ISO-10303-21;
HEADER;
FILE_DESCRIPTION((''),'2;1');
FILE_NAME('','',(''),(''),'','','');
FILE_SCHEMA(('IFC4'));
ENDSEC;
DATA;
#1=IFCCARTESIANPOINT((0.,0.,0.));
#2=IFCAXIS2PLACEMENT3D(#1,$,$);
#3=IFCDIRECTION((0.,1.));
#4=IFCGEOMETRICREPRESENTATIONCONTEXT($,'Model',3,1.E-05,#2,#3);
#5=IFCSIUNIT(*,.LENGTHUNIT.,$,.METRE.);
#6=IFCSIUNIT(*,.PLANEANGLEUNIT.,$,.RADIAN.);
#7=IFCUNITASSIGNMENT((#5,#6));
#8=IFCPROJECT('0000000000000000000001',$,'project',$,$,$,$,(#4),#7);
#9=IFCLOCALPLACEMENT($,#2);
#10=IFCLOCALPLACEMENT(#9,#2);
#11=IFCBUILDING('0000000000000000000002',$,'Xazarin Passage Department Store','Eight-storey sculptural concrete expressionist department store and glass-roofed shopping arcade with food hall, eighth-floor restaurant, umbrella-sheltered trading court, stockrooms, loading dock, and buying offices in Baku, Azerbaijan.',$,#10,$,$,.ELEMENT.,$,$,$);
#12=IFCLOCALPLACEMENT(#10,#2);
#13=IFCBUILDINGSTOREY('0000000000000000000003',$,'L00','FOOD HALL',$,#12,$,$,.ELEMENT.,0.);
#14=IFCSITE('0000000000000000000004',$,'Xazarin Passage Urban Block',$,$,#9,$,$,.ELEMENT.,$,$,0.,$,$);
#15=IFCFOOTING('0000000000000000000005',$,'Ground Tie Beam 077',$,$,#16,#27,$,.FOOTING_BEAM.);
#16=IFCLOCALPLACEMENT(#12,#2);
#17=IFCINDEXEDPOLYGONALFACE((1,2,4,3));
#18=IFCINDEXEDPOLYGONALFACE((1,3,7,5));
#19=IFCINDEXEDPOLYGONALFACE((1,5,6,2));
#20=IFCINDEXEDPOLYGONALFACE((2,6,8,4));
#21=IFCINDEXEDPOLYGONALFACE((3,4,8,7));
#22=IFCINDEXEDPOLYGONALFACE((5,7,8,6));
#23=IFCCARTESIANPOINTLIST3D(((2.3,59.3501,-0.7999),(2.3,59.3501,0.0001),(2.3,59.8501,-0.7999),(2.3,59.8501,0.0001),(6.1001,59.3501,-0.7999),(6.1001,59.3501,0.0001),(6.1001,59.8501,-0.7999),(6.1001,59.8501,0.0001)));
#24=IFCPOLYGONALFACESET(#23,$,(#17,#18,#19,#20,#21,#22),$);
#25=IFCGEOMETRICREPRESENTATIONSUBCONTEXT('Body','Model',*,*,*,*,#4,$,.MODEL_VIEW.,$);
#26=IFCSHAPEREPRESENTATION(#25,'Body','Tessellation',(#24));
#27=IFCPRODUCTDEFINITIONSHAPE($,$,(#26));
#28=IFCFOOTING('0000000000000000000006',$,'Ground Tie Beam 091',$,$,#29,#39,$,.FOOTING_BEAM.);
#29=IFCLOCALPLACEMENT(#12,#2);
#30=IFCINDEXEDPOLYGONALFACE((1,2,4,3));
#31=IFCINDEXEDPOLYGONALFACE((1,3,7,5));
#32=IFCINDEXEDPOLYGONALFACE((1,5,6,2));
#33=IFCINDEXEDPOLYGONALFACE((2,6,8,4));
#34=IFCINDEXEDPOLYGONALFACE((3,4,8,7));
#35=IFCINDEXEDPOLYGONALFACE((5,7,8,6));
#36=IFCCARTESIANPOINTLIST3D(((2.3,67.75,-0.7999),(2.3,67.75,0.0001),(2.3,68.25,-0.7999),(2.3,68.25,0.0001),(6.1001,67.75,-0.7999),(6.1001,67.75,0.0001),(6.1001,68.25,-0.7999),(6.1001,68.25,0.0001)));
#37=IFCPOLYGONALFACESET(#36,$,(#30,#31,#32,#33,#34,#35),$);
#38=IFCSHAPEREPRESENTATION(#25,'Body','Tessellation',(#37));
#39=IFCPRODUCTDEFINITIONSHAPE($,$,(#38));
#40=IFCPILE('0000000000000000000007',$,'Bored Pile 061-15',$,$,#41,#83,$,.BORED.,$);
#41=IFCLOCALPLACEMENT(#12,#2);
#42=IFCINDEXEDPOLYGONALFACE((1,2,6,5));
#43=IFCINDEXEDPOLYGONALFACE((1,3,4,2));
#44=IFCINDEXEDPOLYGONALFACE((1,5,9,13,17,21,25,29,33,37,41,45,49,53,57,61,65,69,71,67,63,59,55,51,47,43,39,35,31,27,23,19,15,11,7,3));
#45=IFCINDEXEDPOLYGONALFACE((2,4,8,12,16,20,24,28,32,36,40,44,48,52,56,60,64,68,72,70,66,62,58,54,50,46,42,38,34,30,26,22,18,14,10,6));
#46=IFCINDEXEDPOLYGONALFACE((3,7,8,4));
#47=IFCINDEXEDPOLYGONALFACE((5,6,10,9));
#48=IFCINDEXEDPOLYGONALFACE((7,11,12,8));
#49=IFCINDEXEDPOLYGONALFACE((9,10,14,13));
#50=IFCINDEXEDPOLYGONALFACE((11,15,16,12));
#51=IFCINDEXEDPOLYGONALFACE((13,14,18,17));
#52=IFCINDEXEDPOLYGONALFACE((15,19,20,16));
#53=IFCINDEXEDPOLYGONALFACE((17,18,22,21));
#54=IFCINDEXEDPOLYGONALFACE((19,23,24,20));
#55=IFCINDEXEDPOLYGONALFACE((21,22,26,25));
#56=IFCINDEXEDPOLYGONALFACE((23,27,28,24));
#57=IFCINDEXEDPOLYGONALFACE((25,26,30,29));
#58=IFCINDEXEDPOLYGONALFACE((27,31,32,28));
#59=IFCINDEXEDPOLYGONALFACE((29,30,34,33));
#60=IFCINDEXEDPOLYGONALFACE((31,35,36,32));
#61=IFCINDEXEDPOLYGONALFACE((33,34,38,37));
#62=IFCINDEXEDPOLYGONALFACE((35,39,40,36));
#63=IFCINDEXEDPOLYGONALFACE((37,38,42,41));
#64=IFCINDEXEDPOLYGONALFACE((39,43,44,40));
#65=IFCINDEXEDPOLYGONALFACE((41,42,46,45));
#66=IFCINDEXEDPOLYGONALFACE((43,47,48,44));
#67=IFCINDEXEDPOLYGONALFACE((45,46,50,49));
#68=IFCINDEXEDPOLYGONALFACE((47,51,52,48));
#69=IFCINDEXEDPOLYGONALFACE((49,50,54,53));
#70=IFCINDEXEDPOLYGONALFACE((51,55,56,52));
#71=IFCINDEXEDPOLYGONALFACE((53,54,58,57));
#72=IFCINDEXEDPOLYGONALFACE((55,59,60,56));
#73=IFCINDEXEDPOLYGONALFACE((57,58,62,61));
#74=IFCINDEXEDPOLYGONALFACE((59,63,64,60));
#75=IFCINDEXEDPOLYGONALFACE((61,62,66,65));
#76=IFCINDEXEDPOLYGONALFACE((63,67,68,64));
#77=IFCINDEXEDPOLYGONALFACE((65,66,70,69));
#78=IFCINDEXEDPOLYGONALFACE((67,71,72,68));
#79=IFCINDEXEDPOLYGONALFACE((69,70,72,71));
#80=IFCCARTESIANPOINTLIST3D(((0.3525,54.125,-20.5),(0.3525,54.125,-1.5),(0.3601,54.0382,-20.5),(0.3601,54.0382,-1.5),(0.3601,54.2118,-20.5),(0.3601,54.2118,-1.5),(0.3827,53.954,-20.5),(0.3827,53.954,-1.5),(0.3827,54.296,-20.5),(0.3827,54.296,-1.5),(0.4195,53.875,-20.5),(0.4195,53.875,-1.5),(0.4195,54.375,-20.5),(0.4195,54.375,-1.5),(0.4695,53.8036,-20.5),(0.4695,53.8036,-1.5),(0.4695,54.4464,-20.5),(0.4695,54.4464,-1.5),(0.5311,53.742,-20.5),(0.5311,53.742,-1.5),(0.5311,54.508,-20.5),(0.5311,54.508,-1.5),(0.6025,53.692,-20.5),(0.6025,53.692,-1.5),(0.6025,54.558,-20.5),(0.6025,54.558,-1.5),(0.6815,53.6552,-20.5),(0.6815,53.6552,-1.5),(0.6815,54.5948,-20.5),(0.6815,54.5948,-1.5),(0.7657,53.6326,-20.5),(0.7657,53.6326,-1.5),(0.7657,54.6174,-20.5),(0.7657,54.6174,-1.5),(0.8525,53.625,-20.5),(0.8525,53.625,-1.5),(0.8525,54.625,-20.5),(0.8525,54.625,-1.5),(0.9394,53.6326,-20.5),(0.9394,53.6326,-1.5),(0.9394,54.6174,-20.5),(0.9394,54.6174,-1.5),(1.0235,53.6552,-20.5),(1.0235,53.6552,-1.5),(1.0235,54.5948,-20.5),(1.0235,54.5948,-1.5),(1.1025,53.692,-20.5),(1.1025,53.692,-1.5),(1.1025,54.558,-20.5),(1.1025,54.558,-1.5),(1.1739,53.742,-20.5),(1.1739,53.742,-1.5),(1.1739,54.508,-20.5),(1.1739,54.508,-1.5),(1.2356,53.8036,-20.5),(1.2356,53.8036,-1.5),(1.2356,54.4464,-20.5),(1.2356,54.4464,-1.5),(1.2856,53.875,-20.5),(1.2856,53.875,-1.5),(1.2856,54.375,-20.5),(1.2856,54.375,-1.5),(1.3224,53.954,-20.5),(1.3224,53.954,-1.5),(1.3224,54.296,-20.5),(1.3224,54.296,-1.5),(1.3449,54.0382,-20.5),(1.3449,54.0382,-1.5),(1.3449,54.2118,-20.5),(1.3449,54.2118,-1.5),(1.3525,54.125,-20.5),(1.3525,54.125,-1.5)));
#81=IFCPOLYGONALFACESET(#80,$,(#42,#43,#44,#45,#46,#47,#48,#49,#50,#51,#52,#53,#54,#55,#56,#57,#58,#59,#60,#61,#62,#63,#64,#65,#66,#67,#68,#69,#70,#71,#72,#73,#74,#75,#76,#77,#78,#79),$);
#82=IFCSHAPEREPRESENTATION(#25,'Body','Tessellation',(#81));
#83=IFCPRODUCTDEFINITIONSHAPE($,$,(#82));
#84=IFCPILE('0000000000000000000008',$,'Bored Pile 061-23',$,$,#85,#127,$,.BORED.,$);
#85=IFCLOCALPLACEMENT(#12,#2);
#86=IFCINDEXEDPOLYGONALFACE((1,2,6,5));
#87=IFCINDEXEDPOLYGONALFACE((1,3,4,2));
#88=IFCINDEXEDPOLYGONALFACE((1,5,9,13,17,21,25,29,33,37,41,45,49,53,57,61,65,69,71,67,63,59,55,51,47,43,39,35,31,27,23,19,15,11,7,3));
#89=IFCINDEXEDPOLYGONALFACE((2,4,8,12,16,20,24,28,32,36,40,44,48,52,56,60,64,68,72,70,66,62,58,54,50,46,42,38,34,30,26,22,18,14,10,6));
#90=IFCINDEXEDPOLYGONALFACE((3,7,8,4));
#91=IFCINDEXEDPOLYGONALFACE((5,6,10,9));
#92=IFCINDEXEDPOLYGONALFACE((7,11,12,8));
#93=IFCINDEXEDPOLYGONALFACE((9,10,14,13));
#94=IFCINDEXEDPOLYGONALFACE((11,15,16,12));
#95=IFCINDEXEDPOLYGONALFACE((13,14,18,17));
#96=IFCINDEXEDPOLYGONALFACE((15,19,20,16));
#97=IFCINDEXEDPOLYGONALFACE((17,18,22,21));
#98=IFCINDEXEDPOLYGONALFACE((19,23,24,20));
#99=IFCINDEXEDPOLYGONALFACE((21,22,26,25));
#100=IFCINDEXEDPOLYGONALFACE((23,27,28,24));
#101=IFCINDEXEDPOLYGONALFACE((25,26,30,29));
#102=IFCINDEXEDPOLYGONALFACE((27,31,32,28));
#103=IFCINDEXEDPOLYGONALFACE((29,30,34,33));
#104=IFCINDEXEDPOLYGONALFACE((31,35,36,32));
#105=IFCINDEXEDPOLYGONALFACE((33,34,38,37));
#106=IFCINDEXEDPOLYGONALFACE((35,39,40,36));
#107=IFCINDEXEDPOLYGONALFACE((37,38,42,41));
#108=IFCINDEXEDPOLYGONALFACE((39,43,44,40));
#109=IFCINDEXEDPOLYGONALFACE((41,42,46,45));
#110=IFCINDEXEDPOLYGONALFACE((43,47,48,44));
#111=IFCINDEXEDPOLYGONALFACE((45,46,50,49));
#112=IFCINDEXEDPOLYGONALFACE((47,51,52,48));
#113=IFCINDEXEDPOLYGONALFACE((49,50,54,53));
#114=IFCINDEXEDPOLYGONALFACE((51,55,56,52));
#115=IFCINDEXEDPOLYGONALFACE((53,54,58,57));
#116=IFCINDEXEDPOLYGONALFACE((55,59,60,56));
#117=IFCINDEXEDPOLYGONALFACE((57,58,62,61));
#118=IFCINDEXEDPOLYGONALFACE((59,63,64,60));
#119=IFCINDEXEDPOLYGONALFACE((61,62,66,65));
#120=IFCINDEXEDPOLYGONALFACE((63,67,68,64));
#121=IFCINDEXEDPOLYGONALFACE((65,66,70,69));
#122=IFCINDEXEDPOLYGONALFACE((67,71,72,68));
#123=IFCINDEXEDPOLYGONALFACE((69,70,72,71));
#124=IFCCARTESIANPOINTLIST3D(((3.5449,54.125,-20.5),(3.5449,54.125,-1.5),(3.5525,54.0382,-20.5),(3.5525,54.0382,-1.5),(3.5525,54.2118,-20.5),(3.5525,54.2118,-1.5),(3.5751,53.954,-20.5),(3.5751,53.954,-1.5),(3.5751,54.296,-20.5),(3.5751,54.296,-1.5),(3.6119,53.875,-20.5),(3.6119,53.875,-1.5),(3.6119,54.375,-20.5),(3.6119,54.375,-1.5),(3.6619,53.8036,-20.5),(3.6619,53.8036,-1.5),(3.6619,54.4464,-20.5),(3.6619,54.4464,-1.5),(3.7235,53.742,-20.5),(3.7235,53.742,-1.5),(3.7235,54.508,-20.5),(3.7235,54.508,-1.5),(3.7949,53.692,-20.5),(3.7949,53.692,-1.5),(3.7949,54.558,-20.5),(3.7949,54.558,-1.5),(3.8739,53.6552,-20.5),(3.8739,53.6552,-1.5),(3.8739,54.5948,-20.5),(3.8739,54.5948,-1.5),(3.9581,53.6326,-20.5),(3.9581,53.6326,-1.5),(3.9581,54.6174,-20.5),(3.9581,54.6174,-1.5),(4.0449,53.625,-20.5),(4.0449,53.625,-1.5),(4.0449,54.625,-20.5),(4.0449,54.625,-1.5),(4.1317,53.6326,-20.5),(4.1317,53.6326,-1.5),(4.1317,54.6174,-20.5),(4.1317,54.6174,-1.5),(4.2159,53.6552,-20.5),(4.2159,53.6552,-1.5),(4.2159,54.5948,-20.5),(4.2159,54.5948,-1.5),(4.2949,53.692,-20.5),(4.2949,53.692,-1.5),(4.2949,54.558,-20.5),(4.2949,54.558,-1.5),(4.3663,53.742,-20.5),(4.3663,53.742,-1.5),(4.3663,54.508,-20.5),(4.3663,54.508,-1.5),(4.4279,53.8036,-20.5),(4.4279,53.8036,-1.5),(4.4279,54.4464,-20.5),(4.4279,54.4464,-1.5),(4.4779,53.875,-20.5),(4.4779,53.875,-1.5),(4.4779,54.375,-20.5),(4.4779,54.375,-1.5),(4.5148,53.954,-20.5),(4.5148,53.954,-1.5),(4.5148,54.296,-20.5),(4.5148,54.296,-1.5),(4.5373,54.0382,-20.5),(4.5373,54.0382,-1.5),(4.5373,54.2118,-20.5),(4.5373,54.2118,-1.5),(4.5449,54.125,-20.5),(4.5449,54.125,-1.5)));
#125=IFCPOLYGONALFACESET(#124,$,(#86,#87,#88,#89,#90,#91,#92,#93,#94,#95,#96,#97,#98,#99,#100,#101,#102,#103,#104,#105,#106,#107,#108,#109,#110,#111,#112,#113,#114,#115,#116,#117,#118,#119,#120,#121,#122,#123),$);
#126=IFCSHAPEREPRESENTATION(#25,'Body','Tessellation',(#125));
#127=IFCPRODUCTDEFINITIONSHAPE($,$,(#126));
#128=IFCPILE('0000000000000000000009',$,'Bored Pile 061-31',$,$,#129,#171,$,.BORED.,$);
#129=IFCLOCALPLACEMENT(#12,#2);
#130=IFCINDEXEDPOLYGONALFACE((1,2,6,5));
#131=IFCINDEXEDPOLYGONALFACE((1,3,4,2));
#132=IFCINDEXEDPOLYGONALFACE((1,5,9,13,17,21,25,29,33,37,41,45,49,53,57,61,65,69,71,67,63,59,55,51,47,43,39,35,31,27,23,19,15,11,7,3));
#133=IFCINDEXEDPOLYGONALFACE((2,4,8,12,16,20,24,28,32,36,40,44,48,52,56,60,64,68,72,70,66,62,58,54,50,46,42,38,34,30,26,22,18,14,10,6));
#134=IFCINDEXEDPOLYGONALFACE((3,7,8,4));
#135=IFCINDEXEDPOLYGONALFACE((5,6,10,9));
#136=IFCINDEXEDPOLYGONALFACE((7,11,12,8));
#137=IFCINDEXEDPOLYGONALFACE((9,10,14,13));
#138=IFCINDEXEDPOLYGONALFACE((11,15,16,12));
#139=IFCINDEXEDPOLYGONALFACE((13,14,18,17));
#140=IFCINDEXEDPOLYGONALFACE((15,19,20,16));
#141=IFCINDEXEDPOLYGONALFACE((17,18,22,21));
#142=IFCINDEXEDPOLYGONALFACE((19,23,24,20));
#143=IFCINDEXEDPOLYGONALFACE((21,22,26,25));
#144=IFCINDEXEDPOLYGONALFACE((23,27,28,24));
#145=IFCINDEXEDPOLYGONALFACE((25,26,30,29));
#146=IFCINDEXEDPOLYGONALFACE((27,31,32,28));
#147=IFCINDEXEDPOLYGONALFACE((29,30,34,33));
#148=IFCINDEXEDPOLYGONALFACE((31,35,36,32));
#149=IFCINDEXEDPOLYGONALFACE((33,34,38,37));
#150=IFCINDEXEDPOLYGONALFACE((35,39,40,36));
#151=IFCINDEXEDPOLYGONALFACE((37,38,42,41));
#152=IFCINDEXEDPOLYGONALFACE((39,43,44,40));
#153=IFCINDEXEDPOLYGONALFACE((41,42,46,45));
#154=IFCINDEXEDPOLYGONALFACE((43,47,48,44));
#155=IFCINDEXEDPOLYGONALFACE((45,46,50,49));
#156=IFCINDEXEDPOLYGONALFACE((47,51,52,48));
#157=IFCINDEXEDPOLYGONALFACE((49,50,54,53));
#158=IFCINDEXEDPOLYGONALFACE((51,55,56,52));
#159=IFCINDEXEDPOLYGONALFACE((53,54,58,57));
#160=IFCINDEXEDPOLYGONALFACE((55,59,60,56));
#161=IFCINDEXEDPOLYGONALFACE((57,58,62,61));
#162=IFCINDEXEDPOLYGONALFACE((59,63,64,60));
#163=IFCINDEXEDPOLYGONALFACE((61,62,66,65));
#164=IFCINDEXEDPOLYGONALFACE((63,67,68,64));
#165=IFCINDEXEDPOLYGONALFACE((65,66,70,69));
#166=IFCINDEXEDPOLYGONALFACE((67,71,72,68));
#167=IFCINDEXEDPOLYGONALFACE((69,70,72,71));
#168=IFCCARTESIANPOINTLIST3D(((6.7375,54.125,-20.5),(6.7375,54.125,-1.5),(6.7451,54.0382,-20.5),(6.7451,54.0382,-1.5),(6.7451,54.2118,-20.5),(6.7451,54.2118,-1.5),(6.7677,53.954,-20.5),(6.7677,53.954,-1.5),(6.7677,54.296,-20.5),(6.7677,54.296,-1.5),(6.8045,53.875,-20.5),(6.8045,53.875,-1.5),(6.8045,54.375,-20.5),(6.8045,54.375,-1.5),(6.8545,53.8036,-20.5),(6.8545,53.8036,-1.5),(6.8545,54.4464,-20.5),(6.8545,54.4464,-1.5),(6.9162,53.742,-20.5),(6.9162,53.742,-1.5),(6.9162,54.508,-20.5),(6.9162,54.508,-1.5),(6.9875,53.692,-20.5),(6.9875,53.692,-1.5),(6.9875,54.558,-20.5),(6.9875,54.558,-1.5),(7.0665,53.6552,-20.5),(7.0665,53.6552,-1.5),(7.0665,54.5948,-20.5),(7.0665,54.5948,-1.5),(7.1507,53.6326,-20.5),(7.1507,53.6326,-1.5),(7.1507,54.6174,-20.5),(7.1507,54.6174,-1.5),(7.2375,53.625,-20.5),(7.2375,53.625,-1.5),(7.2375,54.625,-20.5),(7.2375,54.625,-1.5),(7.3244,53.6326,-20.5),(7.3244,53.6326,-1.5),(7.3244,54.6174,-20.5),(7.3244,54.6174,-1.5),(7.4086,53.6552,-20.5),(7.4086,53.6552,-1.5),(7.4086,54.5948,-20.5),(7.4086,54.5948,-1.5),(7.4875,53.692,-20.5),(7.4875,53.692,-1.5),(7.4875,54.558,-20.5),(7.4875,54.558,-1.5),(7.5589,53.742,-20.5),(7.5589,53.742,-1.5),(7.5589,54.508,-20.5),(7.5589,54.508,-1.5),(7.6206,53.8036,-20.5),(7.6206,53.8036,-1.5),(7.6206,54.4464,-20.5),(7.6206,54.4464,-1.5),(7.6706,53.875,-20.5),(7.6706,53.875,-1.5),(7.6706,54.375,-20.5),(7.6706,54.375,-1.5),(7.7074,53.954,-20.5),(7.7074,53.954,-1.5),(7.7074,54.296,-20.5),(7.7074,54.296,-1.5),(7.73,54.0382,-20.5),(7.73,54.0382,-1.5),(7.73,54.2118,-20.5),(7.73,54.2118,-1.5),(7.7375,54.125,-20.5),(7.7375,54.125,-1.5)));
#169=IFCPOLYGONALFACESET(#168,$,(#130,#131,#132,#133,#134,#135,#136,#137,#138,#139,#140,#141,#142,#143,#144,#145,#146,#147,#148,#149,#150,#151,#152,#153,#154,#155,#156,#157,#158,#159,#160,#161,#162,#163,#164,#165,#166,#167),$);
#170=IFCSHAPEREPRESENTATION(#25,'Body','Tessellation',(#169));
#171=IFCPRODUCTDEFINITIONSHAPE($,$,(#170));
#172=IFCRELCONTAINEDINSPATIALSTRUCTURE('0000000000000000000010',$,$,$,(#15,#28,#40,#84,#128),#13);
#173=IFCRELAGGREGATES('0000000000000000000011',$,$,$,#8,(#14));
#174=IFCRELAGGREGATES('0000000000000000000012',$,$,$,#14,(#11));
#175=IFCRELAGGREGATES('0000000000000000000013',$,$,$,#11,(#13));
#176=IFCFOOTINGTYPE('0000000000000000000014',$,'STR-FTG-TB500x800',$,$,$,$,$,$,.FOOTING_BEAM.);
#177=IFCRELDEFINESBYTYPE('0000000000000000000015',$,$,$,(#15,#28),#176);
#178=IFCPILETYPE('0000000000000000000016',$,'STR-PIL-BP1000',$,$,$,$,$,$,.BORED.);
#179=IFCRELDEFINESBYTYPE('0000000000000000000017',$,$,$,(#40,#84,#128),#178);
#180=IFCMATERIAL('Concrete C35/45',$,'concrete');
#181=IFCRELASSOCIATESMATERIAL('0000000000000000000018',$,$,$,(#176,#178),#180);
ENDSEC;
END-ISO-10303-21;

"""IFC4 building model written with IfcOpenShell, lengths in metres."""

from ifc_helpers import new_model, si_unit, direction, frame, origin, origin_2d, place, context, subcontext, project, spatial, rectangle, circle, extrude, material, material_profile, profile_set, type_object, element, save


model = new_model("IFC4")

# Units and contexts
model_context = context("Model", 3, precision=1e-05, world=origin(), true_north=direction((0.0, 1.0)))
body_context = subcontext(model_context, "Body", "Model", "MODEL_VIEW")
ifc_project = project(units=[si_unit("LENGTHUNIT", "METRE"), si_unit("PLANEANGLEUNIT", "RADIAN")], contexts=[model_context])

# Site, building, storey
site_placement = place(None, origin())
site = spatial("IfcSite", under=ifc_project, at=site_placement, Name="Xazarin Passage Urban Block", CompositionType="ELEMENT", RefElevation=0.0)
building_placement = place(site_placement, origin())
building = spatial("IfcBuilding", under=site, at=building_placement, Name="Xazarin Passage Department Store", Description="Eight-storey sculptural concrete expressionist department store and glass-roofed shopping arcade with food hall, eighth-floor restaurant, umbrella-sheltered trading court, stockrooms, loading dock, and buying offices in Baku, Azerbaijan.", CompositionType="ELEMENT")
storey_placement = place(building_placement, origin())
storey = spatial("IfcBuildingStorey", under=building, at=storey_placement, Name="L00", Description="FOOD HALL", CompositionType="ELEMENT", Elevation=0.0)

# Footings
ifc_material_1 = material(Name="Concrete C35/45", Category="concrete")
ifc_material_profile_1 = material_profile(ifc_material_1, rectangle(XDim=0.5, YDim=0.8, at=origin_2d()), Name="RC 500x800")
ifc_profile_set_1 = profile_set([ifc_material_profile_1], Name="Concrete C35/45")
footing_type = type_object("IfcFootingType", Name="STR-FTG-TB500x800", PredefinedType="FOOTING_BEAM", material=ifc_profile_set_1)
for number, where, z_axis, x_axis, name in (
    (1, (2.3, 59.6001, -0.3999), (1.0, 0.0, 0.0), (0.0, 1.0, 0.0), "Ground Tie Beam 077"),
    (2, (2.3, 68.0, -0.3999), (1.0, 0.0, 0.0), (0.0, 1.0, 0.0), "Ground Tie Beam 091"),
):
    element("IfcFooting", number, at=place(storey_placement, frame(where, z_axis=z_axis, x_axis=x_axis)), inside=storey, type_object=footing_type, Name=name, PredefinedType="FOOTING_BEAM", context=body_context, shape_type="SweptSolid", body=[
        extrude(rectangle(XDim=0.5, YDim=0.8, at=origin_2d()), origin(), (0.0, 0.0, 1.0), 3.8),
    ])

# Piles
ifc_material_profile_2 = material_profile(ifc_material_1, circle(Radius=0.5, at=origin_2d()), Name="BP 1000")
ifc_profile_set_2 = profile_set([ifc_material_profile_2], Name="Concrete C35/45")
pile_type_1 = type_object("IfcPileType", Name="STR-PIL-BP1000", PredefinedType="BORED", material=ifc_profile_set_2)
for number, where, z_axis, x_axis, name in (
    (3, (0.8525, 54.125, -1.5), (0.0, 0.0, -1.0), (1.0, 0.0, 0.0), "Bored Pile 061-15"),
    (4, (4.0449, 54.125, -1.5), (0.0, 0.0, -1.0), (1.0, 0.0, 0.0), "Bored Pile 061-23"),
    (5, (7.2375, 54.125, -1.5), (0.0, 0.0, -1.0), (1.0, 0.0, 0.0), "Bored Pile 061-31"),
):
    element("IfcPile", number, at=place(storey_placement, frame(where, z_axis=z_axis, x_axis=x_axis)), inside=storey, type_object=pile_type_1, Name=name, PredefinedType="BORED", context=body_context, shape_type="SweptSolid", body=[
        extrude(circle(Radius=0.5, at=origin_2d()), origin(), (0.0, 0.0, 1.0), 19.0),
    ])

save(model, "model.ifc")
